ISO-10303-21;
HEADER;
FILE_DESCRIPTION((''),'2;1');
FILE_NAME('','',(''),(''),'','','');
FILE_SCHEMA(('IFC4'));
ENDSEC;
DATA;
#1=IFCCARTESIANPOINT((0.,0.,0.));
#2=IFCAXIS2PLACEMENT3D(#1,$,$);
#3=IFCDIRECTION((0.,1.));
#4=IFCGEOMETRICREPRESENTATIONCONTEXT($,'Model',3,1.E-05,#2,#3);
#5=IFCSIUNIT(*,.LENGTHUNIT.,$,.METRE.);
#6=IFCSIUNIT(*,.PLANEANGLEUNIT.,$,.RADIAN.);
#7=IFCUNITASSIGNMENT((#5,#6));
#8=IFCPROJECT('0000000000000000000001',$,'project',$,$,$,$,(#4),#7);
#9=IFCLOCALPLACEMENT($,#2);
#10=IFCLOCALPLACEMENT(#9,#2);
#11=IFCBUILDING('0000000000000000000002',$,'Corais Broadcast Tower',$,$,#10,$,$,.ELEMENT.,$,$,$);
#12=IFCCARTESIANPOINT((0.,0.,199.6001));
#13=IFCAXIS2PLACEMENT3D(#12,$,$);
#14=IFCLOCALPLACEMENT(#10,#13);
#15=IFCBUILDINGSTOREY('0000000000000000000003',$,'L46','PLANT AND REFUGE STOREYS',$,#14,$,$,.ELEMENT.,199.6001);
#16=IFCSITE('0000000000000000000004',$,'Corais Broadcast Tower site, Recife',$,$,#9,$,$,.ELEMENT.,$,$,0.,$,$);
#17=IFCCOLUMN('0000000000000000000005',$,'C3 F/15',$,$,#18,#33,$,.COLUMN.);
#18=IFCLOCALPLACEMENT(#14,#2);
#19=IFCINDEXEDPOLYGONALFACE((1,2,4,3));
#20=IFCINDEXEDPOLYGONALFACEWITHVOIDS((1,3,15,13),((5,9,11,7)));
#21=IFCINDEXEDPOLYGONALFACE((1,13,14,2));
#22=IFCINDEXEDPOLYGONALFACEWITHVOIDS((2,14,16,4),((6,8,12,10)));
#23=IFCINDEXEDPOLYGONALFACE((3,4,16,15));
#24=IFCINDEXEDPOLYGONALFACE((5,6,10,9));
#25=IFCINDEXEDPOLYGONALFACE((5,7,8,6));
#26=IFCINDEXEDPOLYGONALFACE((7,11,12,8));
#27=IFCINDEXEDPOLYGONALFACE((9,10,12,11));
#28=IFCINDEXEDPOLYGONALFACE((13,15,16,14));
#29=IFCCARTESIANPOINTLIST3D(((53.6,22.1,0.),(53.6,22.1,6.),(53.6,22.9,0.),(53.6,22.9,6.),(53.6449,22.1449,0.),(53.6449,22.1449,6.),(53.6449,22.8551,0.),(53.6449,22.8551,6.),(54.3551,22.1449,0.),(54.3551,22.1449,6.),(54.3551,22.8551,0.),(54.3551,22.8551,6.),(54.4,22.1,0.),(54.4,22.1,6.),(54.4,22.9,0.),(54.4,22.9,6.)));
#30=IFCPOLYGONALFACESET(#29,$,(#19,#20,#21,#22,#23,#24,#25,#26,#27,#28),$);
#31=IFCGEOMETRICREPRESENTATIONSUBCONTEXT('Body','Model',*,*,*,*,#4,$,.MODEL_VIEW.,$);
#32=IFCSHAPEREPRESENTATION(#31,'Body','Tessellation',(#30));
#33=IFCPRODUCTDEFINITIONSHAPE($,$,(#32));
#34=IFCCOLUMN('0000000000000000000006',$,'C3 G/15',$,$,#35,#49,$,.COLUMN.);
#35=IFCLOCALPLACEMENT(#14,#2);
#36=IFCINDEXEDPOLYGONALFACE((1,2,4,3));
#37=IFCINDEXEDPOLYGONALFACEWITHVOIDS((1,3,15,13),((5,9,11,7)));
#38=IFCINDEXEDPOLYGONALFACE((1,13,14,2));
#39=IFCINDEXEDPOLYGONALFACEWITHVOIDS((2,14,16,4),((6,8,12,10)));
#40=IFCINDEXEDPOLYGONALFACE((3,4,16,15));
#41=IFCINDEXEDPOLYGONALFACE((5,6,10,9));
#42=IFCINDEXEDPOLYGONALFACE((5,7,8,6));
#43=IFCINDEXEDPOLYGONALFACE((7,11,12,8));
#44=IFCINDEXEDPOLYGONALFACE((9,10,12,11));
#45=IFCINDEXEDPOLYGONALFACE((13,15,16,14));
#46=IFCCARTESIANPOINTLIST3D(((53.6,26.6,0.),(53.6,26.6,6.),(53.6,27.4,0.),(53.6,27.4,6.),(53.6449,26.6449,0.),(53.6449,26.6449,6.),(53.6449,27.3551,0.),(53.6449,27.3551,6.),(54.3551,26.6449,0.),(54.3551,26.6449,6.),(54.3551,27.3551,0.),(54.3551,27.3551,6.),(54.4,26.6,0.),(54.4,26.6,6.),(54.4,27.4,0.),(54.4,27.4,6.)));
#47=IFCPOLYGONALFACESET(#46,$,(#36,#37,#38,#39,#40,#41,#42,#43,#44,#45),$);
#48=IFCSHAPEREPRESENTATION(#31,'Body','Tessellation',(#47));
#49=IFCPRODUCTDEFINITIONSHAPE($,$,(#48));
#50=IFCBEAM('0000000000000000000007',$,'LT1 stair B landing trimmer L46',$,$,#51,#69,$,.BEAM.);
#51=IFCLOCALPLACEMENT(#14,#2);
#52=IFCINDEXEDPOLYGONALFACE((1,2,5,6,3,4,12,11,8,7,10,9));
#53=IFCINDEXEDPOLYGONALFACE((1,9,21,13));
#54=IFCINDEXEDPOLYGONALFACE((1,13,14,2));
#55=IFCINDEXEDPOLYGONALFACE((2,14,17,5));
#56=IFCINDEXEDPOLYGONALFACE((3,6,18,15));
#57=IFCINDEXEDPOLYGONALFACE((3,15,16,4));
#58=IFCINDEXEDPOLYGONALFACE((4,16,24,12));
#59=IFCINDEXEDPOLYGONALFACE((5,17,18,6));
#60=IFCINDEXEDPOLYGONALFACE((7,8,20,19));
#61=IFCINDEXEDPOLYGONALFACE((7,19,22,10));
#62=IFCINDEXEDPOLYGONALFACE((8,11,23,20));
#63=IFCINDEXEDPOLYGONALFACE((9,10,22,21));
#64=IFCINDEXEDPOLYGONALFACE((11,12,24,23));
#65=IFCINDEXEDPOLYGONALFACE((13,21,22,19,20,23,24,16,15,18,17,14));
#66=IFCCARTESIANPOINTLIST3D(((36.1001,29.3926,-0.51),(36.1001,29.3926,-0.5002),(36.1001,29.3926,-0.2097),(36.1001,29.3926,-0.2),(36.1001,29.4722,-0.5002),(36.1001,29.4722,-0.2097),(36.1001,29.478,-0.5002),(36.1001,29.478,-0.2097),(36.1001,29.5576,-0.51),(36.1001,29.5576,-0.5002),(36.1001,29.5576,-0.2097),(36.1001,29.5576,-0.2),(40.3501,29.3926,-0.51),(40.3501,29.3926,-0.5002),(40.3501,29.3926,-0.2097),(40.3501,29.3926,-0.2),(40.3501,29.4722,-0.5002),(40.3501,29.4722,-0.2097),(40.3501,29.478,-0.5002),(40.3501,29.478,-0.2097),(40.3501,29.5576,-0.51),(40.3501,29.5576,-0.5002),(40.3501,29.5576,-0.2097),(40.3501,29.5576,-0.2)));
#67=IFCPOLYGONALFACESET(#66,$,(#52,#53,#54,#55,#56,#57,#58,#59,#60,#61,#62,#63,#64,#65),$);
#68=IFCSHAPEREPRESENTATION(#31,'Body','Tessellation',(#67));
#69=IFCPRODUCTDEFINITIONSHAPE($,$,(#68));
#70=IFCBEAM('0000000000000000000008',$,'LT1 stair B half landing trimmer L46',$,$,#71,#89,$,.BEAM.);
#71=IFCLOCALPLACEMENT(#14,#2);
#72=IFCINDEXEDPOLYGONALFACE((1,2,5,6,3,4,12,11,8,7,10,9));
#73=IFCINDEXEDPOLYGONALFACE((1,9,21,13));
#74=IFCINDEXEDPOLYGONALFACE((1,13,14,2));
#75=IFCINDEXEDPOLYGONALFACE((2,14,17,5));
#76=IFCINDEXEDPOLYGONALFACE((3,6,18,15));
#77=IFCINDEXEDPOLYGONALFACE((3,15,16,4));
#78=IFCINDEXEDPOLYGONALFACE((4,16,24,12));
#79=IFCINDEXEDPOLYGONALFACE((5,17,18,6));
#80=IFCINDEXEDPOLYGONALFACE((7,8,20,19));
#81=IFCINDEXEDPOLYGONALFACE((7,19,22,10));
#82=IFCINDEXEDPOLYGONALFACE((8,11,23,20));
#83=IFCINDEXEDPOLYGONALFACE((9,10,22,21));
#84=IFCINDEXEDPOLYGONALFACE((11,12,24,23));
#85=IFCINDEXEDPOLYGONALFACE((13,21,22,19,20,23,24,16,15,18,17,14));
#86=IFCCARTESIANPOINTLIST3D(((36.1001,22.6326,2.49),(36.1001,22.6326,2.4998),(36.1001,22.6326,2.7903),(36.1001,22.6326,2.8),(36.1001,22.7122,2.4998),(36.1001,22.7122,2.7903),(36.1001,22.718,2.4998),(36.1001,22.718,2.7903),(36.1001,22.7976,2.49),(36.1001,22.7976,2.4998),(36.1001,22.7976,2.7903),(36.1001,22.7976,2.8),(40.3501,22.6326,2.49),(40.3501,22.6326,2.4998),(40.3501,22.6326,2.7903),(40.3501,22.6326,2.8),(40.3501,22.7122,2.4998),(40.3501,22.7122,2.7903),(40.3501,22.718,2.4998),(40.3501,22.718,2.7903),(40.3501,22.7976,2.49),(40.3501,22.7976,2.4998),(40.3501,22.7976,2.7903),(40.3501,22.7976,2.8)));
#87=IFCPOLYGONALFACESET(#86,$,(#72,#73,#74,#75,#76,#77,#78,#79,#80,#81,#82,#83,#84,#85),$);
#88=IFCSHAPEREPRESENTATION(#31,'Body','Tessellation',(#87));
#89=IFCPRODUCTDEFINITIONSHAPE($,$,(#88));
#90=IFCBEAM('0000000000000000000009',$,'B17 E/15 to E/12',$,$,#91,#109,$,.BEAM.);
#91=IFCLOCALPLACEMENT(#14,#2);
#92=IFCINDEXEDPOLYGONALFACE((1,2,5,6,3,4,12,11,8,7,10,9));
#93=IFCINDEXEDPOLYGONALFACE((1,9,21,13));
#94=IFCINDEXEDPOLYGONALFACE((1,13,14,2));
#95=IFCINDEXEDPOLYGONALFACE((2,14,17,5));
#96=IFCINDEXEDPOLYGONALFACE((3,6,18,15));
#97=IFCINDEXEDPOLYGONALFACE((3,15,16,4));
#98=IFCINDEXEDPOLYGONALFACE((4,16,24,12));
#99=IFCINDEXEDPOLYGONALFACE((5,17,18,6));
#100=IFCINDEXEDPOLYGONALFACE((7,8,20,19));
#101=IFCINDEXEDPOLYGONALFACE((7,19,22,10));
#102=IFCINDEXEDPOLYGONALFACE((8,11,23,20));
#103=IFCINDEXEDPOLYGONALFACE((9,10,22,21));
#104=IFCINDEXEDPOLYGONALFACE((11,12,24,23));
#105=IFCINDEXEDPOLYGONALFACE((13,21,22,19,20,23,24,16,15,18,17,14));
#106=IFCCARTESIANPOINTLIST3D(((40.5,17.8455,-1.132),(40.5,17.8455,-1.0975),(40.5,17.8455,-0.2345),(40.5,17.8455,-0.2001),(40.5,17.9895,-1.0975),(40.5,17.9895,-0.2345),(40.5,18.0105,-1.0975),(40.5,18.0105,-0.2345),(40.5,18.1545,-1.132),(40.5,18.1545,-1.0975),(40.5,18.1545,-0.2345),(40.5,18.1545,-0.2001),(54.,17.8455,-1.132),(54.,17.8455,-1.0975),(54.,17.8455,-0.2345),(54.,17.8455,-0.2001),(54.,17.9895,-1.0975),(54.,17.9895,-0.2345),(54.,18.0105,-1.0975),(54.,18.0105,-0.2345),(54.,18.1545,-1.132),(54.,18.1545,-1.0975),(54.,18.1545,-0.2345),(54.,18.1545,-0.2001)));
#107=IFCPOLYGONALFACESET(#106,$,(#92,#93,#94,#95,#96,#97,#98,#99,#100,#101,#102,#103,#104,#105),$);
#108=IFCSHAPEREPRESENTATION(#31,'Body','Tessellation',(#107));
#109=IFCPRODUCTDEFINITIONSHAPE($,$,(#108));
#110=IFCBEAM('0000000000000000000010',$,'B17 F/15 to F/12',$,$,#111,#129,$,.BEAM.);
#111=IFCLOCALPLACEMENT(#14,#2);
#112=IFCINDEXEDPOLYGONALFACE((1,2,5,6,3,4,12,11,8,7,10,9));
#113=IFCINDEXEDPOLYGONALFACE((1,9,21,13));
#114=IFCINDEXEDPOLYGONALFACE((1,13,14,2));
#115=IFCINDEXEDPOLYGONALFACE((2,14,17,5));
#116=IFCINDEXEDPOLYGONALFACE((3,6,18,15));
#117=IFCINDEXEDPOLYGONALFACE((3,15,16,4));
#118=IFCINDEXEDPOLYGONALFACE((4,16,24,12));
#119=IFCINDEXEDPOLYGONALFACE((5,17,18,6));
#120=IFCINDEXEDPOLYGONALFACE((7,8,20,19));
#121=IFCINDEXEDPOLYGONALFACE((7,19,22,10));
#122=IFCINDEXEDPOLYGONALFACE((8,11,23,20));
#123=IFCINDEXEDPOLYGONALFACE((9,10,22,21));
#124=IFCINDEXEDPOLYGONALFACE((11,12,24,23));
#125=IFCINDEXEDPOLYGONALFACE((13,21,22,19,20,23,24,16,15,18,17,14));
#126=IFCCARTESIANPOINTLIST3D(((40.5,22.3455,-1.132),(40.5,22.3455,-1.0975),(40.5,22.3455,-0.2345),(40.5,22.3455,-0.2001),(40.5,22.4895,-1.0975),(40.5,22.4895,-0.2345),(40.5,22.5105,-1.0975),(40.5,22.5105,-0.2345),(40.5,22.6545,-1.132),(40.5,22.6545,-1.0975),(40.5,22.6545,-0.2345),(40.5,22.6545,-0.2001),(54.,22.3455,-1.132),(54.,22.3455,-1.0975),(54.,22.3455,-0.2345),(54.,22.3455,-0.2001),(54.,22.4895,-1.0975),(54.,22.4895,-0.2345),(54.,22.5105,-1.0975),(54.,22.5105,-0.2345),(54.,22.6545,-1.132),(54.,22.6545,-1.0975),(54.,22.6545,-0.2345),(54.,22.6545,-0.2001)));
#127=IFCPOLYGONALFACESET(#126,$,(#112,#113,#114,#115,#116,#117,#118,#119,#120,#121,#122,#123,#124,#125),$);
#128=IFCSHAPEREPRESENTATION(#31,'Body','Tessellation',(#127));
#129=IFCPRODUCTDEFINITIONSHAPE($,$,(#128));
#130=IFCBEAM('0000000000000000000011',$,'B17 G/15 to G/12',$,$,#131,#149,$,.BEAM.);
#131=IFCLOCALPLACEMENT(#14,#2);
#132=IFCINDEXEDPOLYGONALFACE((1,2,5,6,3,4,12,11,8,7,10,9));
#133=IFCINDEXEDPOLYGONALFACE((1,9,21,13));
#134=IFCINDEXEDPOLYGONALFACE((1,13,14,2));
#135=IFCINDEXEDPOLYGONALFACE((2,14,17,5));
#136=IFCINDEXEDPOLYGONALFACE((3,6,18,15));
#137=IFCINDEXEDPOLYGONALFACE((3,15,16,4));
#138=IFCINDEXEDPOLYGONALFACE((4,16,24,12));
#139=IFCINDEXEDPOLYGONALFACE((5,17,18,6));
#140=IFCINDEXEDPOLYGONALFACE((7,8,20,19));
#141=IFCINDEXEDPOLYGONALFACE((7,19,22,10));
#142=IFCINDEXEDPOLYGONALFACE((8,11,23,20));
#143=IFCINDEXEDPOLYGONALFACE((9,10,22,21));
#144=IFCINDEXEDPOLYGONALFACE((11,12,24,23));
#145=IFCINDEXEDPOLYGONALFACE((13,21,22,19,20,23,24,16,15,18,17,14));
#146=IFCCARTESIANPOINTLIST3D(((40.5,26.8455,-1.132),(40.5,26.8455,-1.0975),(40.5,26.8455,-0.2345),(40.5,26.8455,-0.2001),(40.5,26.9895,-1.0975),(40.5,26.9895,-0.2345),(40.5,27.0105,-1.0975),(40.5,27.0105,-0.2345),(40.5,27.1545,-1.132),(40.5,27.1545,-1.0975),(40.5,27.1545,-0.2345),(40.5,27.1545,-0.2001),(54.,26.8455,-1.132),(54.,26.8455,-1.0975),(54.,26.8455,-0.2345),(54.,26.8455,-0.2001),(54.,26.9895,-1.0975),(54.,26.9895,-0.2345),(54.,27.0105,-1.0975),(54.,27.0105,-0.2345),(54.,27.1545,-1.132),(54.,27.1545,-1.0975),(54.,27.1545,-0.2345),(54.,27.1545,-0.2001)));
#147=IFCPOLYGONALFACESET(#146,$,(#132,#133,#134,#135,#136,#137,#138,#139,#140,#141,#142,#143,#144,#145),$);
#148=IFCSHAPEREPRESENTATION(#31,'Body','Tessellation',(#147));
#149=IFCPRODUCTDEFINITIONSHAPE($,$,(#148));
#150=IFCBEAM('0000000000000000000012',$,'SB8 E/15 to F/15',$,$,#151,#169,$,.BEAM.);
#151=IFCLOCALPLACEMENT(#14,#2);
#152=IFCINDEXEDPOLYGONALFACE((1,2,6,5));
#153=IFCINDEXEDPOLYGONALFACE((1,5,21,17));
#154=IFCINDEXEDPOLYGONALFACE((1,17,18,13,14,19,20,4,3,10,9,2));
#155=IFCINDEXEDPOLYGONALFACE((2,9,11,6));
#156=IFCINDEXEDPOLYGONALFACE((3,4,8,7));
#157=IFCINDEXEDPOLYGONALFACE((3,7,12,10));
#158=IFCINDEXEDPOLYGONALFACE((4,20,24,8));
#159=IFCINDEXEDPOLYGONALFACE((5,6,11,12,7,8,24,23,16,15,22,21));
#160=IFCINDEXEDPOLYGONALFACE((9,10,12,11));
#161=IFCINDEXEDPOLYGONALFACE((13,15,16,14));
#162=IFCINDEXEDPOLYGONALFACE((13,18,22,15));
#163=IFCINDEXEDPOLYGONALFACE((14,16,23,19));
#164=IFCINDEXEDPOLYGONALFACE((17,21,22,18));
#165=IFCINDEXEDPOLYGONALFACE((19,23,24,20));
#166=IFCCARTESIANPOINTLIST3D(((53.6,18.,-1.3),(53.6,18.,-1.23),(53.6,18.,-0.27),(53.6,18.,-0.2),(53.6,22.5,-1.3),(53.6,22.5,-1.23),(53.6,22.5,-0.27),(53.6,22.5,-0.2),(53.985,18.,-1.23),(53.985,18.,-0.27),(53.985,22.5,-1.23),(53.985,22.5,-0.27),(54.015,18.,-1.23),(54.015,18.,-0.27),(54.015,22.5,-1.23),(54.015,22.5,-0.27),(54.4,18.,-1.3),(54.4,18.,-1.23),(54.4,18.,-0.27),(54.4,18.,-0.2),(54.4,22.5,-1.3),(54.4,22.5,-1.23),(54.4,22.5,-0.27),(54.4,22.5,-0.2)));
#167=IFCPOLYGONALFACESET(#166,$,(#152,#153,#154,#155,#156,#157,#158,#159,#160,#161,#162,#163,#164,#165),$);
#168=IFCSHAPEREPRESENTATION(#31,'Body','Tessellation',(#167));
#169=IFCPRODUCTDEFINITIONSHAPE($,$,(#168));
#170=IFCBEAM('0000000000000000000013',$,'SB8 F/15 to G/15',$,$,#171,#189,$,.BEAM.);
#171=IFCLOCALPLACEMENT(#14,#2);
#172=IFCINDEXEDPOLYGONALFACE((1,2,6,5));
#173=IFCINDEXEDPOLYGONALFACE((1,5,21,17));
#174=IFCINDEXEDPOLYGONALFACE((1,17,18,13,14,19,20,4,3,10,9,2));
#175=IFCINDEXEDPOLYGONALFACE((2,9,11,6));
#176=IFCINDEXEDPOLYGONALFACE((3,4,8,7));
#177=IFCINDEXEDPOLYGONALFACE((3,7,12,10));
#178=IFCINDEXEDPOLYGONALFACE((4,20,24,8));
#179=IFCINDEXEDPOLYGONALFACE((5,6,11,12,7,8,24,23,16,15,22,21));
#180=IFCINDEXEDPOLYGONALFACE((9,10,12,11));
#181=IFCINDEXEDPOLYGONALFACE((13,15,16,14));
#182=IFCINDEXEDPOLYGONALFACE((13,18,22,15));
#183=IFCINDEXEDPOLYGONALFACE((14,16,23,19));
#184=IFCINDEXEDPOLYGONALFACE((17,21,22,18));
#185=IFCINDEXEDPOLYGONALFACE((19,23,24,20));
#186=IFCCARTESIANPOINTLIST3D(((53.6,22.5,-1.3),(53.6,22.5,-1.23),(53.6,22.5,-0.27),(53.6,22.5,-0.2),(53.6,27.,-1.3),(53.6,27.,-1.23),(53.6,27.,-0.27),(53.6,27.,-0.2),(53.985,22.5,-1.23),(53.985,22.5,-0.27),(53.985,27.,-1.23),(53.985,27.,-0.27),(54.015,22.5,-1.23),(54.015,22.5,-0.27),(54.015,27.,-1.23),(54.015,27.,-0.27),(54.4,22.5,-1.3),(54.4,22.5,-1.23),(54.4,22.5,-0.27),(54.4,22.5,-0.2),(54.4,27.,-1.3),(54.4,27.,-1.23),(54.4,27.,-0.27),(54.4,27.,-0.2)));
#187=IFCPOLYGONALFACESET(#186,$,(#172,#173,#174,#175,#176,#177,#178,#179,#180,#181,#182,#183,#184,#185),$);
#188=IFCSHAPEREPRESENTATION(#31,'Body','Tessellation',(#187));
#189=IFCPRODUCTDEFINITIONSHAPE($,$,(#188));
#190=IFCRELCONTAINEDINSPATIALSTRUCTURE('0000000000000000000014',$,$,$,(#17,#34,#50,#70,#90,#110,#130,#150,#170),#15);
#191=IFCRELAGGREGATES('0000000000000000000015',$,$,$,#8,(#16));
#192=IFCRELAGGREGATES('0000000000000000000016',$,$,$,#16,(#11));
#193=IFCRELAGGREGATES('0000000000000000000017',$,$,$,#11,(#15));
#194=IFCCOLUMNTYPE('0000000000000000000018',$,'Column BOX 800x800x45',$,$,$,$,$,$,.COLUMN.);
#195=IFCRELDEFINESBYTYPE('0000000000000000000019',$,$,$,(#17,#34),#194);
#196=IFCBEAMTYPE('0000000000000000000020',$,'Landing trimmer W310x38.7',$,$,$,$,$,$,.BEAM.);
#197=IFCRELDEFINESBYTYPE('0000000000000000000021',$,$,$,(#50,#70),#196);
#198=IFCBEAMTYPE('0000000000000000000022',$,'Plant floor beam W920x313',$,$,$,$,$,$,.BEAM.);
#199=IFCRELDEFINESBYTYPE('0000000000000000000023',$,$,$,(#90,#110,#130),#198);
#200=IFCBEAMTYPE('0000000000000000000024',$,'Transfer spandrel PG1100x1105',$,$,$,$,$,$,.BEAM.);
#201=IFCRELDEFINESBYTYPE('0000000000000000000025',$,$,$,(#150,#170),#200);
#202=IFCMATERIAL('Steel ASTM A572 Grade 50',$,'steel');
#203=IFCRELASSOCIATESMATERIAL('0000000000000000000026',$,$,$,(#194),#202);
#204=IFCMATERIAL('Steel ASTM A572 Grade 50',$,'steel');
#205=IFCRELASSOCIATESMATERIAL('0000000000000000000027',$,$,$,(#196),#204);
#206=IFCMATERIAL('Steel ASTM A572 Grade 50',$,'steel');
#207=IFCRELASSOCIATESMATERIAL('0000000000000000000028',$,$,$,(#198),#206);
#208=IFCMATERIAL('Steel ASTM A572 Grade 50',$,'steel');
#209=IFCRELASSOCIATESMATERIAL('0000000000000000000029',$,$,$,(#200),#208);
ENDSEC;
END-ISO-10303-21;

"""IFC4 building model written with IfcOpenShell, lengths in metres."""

from ifc_helpers import new_model, si_unit, direction, frame, origin, origin_2d, place, context, subcontext, project, spatial, hollow_rectangle, i_section, extrude, material, material_profile, profile_set, type_object, element, save


model = new_model("IFC4")

# Units and contexts
model_context = context("Model", 3, precision=1e-05, world=origin(), true_north=direction((0.0, 1.0)))
body_context = subcontext(model_context, "Body", "Model", "MODEL_VIEW")
ifc_project = project(units=[si_unit("LENGTHUNIT", "METRE"), si_unit("PLANEANGLEUNIT", "RADIAN")], contexts=[model_context])

# Site, building, storey
site_placement = place(None, origin())
site = spatial("IfcSite", under=ifc_project, at=site_placement, Name="Corais Broadcast Tower site, Recife", CompositionType="ELEMENT", RefElevation=0.0)
building_placement = place(site_placement, origin())
building = spatial("IfcBuilding", under=site, at=building_placement, Name="Corais Broadcast Tower", CompositionType="ELEMENT")
storey_placement = place(building_placement, frame((0.0, 0.0, 199.6001)))
storey = spatial("IfcBuildingStorey", under=building, at=storey_placement, Name="L46", Description="PLANT AND REFUGE STOREYS", CompositionType="ELEMENT", Elevation=199.6001)

# Columns
ifc_material_1 = material(Name="Steel ASTM A572 Grade 50", Category="steel")
ifc_material_profile_1 = material_profile(ifc_material_1, hollow_rectangle(XDim=0.8, YDim=0.8, WallThickness=0.0449, at=origin_2d()), Name="BOX 800x800x45")
ifc_profile_set_1 = profile_set([ifc_material_profile_1], Name="Steel ASTM A572 Grade 50")
column_type = type_object("IfcColumnType", Name="Column BOX 800x800x45", PredefinedType="COLUMN", material=ifc_profile_set_1)
for number, where, z_axis, x_axis, name in (
    (1, (54.0, 22.5, 0.0), (0.0, 0.0, 1.0), (1.0, 0.0, 0.0), "C3 F/15"),
    (2, (54.0, 27.0, 0.0), (0.0, 0.0, 1.0), (1.0, 0.0, 0.0), "C3 G/15"),
):
    element("IfcColumn", number, at=place(storey_placement, frame(where, z_axis=z_axis, x_axis=x_axis)), inside=storey, type_object=column_type, Name=name, PredefinedType="COLUMN", context=body_context, shape_type="SweptSolid", body=[
        extrude(hollow_rectangle(XDim=0.8, YDim=0.8, WallThickness=0.0449, at=origin_2d()), origin(), (0.0, 0.0, 1.0), 6.0),
    ])

# Beams
ifc_material_2 = material(Name="Steel ASTM A572 Grade 50", Category="steel")
ifc_material_profile_2 = material_profile(ifc_material_2, i_section(OverallWidth=0.165, OverallDepth=0.3101, WebThickness=0.0059, FlangeThickness=0.0098, at=origin_2d()), Name="W310x38.7")
ifc_profile_set_2 = profile_set([ifc_material_profile_2], Name="Steel ASTM A572 Grade 50")
beam_type_1 = type_object("IfcBeamType", Name="Landing trimmer W310x38.7", PredefinedType="BEAM", material=ifc_profile_set_2)
for number, where, z_axis, x_axis, name in (
    (3, (36.1001, 29.4751, -0.355), (1.0, 0.0, 0.0), (0.0, 1.0, 0.0), "LT1 stair B landing trimmer L46"),
    (4, (36.1001, 22.7151, 2.645), (1.0, 0.0, 0.0), (0.0, 1.0, 0.0), "LT1 stair B half landing trimmer L46"),
):
    element("IfcBeam", number, at=place(storey_placement, frame(where, z_axis=z_axis, x_axis=x_axis)), inside=storey, type_object=beam_type_1, Name=name, PredefinedType="BEAM", context=body_context, shape_type="SweptSolid", body=[
        extrude(i_section(OverallWidth=0.165, OverallDepth=0.3101, WebThickness=0.0059, FlangeThickness=0.0098, at=origin_2d()), origin(), (0.0, 0.0, 1.0), 4.25),
    ])
ifc_material_3 = material(Name="Steel ASTM A572 Grade 50", Category="steel")
ifc_material_profile_3 = material_profile(ifc_material_3, i_section(OverallWidth=0.3091, OverallDepth=0.9319, WebThickness=0.021, FlangeThickness=0.0344, at=origin_2d()), Name="W920x313")
ifc_profile_set_3 = profile_set([ifc_material_profile_3], Name="Steel ASTM A572 Grade 50")
beam_type_2 = type_object("IfcBeamType", Name="Plant floor beam W920x313", PredefinedType="BEAM", material=ifc_profile_set_3)
for number, where, z_axis, x_axis, name in (
    (5, (54.0, 18.0, -0.666), (-1.0, 0.0, 0.0), (0.0, -1.0, 0.0), "B17 E/15 to E/12"),
    (6, (54.0, 22.5, -0.666), (-1.0, 0.0, 0.0), (0.0, -1.0, 0.0), "B17 F/15 to F/12"),
    (7, (54.0, 27.0, -0.666), (-1.0, 0.0, 0.0), (0.0, -1.0, 0.0), "B17 G/15 to G/12"),
):
    element("IfcBeam", number, at=place(storey_placement, frame(where, z_axis=z_axis, x_axis=x_axis)), inside=storey, type_object=beam_type_2, Name=name, PredefinedType="BEAM", context=body_context, shape_type="SweptSolid", body=[
        extrude(i_section(OverallWidth=0.3091, OverallDepth=0.9319, WebThickness=0.021, FlangeThickness=0.0344, at=origin_2d()), origin(), (0.0, 0.0, 1.0), 13.5),
    ])
ifc_material_4 = material(Name="Steel ASTM A572 Grade 50", Category="steel")
ifc_material_profile_4 = material_profile(ifc_material_4, i_section(OverallWidth=0.8, OverallDepth=1.1001, WebThickness=0.03, FlangeThickness=0.0701, at=origin_2d()), Name="PG1100x1105")
ifc_profile_set_4 = profile_set([ifc_material_profile_4], Name="Steel ASTM A572 Grade 50")
beam_type_3 = type_object("IfcBeamType", Name="Transfer spandrel PG1100x1105", PredefinedType="BEAM", material=ifc_profile_set_4)
for number, where, z_axis, x_axis, name in (
    (8, (54.0, 18.0, -0.75), (0.0, 1.0, 0.0), (-1.0, 0.0, 0.0), "SB8 E/15 to F/15"),
    (9, (54.0, 22.5, -0.75), (0.0, 1.0, 0.0), (-1.0, 0.0, 0.0), "SB8 F/15 to G/15"),
):
    element("IfcBeam", number, at=place(storey_placement, frame(where, z_axis=z_axis, x_axis=x_axis)), inside=storey, type_object=beam_type_3, Name=name, PredefinedType="BEAM", context=body_context, shape_type="SweptSolid", body=[
        extrude(i_section(OverallWidth=0.8, OverallDepth=1.1001, WebThickness=0.03, FlangeThickness=0.0701, at=origin_2d()), origin(), (0.0, 0.0, 1.0), 4.5),
    ])

save(model, "model.ifc")
